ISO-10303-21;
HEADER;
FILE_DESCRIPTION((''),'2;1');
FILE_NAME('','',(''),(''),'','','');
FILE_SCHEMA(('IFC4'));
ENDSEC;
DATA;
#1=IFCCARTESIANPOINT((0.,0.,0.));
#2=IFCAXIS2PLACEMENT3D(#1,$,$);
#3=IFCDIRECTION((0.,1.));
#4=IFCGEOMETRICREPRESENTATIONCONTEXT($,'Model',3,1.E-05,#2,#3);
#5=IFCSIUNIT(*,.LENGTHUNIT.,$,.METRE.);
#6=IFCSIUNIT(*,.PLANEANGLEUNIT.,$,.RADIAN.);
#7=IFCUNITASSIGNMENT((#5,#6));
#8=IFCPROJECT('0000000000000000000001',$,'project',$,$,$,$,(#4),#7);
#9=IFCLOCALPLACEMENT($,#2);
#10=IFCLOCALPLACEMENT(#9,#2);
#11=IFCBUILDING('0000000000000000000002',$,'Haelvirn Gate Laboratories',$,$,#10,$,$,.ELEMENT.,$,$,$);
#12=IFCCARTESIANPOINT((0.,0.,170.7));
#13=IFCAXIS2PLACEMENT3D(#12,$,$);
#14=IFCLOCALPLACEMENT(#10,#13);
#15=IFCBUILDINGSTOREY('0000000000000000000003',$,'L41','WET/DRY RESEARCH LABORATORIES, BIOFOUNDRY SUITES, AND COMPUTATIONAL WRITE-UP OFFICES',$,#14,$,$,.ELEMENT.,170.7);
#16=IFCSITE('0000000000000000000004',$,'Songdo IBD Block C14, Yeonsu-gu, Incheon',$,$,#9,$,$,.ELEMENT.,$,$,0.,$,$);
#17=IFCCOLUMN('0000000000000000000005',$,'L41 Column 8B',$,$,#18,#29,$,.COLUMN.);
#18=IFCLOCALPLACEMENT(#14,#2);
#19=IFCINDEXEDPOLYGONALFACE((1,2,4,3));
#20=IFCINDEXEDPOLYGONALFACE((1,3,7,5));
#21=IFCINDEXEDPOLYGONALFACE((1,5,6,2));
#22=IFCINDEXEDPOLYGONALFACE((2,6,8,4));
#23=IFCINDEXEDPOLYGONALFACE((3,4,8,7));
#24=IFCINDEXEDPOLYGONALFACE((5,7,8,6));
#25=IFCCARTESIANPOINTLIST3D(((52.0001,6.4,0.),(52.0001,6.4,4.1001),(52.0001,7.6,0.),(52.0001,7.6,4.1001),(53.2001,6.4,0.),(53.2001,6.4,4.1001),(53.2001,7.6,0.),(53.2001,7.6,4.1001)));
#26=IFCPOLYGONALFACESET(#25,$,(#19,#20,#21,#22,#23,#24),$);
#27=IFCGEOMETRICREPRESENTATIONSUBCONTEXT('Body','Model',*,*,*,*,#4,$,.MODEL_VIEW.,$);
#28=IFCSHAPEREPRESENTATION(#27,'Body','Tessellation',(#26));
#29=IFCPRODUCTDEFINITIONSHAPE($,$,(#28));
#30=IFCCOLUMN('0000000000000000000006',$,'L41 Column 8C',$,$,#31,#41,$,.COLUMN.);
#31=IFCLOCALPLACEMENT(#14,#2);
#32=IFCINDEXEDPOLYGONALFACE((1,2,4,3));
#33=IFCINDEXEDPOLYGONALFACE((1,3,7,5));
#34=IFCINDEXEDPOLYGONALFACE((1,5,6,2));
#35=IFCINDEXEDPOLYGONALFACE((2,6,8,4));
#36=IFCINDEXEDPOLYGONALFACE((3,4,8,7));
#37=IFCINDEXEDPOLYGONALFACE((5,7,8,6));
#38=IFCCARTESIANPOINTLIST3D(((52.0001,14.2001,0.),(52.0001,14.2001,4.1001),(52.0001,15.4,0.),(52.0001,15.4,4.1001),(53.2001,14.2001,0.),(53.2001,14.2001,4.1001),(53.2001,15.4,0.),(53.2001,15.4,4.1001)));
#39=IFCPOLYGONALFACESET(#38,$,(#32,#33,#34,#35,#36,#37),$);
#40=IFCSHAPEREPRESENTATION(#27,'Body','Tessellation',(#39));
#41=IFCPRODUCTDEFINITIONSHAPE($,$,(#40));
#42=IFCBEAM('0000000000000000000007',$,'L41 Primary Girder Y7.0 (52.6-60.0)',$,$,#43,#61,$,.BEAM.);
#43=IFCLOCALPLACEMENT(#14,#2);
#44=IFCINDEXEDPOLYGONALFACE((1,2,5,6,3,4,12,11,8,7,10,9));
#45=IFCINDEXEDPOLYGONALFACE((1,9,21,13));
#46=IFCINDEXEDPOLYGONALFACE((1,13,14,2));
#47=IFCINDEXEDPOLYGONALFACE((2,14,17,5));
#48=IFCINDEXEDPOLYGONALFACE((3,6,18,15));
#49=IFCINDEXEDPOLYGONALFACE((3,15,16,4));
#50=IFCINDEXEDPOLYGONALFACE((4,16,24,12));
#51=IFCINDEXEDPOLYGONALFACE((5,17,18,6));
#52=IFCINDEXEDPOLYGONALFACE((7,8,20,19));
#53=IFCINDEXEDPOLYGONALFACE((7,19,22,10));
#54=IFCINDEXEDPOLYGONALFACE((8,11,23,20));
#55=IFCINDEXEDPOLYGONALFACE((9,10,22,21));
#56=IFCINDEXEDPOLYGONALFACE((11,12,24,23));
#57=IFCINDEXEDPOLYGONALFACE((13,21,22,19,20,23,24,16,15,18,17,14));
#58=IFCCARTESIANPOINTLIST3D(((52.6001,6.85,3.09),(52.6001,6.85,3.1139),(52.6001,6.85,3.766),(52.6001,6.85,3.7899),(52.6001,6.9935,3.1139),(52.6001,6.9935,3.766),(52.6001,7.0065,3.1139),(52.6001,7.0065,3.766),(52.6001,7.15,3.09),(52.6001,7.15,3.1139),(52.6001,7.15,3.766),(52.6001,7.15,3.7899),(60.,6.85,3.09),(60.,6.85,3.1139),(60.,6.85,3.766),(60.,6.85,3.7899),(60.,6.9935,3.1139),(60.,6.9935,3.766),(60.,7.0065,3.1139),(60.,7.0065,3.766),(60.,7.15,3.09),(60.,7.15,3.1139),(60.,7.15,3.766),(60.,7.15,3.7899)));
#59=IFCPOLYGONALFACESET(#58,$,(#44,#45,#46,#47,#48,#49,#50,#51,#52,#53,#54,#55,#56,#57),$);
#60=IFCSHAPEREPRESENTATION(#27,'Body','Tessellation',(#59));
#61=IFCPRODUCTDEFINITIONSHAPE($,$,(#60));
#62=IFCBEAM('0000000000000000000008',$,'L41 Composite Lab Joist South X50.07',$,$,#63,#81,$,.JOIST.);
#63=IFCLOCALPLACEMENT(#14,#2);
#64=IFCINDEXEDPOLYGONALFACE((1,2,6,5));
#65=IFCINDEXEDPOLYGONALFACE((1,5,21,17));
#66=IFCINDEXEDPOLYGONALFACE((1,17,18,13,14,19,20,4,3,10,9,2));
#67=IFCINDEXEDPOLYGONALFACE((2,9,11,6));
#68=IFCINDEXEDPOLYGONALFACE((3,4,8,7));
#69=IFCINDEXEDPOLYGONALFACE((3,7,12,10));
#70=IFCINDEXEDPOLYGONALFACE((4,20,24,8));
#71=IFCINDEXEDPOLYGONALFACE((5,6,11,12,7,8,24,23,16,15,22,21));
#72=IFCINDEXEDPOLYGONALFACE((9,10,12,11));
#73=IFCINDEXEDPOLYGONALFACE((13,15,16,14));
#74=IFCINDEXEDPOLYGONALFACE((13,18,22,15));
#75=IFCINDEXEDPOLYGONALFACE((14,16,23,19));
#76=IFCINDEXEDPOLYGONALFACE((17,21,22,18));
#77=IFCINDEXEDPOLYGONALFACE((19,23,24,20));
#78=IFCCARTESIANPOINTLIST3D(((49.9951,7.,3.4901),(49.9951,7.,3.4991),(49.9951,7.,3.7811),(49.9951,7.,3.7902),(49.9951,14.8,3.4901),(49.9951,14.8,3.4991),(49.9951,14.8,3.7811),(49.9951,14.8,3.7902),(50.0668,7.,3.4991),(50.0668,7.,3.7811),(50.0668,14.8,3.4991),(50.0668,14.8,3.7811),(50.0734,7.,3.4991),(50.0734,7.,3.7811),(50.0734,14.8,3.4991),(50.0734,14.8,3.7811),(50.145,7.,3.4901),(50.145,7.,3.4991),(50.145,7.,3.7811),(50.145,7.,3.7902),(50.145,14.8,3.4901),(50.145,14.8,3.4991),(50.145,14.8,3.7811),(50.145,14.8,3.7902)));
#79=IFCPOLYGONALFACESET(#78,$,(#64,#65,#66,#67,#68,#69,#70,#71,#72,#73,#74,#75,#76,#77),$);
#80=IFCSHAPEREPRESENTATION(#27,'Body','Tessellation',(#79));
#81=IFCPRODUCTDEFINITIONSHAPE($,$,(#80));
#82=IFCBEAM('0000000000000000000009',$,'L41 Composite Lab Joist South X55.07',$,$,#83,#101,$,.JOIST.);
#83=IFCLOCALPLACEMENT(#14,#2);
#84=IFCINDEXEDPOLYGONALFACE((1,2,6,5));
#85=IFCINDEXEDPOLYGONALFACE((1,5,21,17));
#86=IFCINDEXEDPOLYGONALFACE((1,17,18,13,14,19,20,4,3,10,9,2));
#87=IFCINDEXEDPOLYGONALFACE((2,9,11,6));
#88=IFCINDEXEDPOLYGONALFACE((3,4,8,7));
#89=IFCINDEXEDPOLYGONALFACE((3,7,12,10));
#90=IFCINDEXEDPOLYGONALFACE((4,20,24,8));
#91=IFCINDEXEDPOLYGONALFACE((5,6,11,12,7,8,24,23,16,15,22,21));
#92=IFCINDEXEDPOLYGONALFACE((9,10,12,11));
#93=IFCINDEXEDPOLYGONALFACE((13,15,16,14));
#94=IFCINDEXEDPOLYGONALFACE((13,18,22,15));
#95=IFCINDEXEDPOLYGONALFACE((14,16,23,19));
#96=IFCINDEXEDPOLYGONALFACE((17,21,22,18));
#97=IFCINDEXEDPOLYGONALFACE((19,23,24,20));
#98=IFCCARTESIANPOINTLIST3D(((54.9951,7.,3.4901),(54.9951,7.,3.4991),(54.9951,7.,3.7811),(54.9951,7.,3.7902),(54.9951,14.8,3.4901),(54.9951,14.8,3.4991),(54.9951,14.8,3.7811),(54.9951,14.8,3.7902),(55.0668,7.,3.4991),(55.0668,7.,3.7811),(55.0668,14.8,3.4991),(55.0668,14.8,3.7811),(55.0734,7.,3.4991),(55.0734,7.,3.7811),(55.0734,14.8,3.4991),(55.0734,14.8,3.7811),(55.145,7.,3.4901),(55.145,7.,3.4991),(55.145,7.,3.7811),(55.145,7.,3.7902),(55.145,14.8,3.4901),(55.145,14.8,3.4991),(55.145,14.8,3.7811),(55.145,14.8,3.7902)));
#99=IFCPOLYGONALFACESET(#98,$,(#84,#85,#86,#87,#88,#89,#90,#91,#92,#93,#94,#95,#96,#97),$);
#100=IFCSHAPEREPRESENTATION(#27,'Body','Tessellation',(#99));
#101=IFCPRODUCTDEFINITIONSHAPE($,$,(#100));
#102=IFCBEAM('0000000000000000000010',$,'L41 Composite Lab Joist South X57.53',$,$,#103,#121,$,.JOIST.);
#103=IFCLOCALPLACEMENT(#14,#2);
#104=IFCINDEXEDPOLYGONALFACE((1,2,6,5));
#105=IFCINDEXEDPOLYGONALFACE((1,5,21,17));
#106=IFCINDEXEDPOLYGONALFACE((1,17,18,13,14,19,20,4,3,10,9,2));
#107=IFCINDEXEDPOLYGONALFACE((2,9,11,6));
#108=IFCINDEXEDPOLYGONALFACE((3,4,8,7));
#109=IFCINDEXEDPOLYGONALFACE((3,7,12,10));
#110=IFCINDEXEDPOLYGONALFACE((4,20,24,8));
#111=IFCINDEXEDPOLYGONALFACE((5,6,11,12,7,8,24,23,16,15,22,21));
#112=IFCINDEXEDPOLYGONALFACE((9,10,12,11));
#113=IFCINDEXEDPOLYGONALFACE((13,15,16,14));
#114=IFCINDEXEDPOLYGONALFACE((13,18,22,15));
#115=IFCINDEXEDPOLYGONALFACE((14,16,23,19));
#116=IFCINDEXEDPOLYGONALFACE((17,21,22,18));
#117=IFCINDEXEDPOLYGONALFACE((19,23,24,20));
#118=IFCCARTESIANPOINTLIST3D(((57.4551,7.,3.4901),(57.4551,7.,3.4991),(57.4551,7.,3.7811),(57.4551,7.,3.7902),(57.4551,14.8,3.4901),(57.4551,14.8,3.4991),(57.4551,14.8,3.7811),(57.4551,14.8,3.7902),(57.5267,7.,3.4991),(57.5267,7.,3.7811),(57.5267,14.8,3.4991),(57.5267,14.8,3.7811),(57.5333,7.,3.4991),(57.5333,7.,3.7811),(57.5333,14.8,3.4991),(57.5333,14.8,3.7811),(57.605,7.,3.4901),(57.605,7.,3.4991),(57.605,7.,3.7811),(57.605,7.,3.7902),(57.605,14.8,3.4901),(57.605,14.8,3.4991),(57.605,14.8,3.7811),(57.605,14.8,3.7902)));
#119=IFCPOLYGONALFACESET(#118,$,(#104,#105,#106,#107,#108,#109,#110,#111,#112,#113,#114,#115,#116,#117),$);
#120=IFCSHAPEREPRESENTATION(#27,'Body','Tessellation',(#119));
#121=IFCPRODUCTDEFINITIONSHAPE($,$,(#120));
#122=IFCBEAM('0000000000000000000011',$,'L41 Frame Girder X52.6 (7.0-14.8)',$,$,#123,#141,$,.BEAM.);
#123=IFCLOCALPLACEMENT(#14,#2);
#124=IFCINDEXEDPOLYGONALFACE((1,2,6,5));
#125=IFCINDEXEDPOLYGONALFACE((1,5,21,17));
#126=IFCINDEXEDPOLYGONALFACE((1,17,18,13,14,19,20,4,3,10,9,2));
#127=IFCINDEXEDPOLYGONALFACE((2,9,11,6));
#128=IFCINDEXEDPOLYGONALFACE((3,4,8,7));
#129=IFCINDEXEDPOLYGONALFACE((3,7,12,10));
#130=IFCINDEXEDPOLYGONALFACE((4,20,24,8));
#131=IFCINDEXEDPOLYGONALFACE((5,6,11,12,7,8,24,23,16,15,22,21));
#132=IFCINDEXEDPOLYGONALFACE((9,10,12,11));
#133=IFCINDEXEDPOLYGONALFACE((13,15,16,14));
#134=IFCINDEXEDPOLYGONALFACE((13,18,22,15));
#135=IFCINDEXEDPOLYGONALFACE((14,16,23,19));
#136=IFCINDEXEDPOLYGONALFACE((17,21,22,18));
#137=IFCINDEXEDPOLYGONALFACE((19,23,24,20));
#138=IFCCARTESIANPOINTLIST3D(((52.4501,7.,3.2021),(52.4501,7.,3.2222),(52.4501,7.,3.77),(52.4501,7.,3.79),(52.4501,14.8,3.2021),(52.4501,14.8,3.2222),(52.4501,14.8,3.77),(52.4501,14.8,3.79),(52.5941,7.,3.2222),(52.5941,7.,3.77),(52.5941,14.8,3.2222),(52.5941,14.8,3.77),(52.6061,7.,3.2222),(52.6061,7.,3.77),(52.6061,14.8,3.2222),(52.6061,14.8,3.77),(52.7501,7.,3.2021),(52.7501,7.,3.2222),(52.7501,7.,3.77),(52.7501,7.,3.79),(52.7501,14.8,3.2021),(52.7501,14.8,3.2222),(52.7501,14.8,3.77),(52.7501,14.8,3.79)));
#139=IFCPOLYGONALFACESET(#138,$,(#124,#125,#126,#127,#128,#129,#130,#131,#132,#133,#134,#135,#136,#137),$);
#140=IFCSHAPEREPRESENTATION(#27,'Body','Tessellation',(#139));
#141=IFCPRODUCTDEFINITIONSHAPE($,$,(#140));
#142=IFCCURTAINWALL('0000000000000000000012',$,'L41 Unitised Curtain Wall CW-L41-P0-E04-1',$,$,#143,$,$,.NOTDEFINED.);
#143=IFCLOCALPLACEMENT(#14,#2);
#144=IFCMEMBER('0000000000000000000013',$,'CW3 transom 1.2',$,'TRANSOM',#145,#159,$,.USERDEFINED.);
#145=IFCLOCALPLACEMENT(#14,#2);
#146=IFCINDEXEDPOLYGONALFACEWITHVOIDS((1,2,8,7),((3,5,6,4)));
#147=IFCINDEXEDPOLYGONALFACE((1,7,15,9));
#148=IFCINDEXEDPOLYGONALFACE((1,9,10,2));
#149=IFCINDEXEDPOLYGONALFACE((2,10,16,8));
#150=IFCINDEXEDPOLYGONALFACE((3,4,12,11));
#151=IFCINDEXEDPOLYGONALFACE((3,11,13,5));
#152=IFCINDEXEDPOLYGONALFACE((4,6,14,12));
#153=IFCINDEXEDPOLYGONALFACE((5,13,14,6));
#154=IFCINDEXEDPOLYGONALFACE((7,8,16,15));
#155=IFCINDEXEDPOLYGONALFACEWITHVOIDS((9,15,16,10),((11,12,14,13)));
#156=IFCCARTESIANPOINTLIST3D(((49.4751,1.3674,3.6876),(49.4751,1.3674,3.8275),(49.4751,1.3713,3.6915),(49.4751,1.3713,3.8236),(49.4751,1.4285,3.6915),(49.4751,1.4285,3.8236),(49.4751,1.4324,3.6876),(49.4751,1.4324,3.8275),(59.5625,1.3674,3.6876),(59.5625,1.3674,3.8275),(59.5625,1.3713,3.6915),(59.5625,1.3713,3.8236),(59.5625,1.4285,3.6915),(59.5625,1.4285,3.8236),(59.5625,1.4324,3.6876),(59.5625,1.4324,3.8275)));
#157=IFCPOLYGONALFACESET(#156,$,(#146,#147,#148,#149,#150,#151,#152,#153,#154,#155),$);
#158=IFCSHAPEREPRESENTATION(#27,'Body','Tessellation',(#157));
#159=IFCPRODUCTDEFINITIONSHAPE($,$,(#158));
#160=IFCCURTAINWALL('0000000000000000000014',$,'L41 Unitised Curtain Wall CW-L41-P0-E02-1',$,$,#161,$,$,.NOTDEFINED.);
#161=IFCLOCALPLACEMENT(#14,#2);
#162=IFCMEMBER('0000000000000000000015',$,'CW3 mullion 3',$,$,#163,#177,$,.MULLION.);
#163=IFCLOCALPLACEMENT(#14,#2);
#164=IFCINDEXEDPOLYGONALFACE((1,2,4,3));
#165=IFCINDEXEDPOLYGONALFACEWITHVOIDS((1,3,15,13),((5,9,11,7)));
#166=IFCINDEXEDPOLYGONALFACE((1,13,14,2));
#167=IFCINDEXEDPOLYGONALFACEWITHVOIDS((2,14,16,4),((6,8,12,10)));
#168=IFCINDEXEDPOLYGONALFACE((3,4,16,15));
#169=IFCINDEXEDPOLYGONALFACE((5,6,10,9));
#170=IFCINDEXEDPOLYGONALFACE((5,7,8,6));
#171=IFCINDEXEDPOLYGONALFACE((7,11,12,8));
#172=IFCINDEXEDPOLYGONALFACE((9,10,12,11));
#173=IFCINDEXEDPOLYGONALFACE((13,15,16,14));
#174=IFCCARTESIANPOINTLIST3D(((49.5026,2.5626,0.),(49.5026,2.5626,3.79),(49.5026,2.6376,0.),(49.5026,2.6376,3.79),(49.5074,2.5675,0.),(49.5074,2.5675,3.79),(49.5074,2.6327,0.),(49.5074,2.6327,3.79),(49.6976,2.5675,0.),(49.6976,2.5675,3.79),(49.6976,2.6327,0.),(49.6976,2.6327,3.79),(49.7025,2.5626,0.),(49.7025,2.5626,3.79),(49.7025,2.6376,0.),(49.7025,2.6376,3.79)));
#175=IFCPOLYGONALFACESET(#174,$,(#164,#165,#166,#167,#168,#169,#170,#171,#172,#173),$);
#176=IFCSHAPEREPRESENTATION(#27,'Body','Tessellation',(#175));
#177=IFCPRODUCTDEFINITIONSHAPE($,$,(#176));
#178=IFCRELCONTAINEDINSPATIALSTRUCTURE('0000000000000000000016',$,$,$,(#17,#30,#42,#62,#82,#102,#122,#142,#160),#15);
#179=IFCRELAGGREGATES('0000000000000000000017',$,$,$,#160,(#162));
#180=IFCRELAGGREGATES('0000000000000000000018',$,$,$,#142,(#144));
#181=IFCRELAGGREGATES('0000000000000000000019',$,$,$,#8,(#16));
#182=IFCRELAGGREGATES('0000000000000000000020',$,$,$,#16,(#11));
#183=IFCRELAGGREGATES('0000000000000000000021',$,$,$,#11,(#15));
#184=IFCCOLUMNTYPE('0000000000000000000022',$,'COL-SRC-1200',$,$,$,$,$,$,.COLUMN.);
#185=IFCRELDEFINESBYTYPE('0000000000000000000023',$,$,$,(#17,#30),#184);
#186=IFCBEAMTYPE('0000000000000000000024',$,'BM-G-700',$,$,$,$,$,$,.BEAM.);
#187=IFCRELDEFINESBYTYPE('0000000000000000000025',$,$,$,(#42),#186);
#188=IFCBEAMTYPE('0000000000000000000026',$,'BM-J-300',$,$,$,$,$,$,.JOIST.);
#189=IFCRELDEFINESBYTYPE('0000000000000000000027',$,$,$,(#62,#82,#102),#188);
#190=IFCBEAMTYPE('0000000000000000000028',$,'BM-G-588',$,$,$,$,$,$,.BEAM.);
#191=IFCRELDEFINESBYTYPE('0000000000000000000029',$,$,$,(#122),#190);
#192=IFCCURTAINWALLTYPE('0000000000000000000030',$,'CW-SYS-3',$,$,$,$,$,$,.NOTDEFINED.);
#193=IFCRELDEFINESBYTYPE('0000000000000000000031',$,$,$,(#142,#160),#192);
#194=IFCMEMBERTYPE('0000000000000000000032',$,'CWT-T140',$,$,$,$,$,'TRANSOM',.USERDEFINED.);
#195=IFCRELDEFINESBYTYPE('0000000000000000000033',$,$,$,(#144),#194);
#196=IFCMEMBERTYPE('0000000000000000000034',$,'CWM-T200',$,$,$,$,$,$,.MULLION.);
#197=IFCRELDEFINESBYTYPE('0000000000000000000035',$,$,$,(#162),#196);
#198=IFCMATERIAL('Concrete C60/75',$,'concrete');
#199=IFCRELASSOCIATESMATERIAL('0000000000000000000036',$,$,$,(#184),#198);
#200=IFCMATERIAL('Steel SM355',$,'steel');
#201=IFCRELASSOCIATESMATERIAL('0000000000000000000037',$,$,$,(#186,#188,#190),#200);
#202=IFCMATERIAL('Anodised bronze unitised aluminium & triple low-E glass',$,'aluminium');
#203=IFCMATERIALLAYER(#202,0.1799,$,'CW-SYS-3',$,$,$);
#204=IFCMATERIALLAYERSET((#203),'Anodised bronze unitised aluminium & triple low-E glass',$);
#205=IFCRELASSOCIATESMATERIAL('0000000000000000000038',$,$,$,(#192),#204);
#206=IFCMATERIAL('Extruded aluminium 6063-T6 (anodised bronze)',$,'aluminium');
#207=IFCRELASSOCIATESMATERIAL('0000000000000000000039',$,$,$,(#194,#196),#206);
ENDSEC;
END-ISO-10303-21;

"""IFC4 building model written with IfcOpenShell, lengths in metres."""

from ifc_helpers import new_model, si_unit, direction, frame, origin, origin_2d, place, context, subcontext, project, spatial, rectangle, hollow_rectangle, i_section, extrude, source, transform, mapped, material, layer, layer_set, material_profile, profile_set, type_object, type_shapes, element, aggregate, save


model = new_model("IFC4")

# Units and contexts
model_context = context("Model", 3, precision=1e-05, world=origin(), true_north=direction((0.0, 1.0)))
body_context = subcontext(model_context, "Body", "Model", "MODEL_VIEW")
ifc_project = project(units=[si_unit("LENGTHUNIT", "METRE"), si_unit("PLANEANGLEUNIT", "RADIAN")], contexts=[model_context])

# Site, building, storey
site_placement = place(None, origin())
site = spatial("IfcSite", under=ifc_project, at=site_placement, Name="Songdo IBD Block C14, Yeonsu-gu, Incheon", CompositionType="ELEMENT", RefElevation=0.0)
building_placement = place(site_placement, origin())
building = spatial("IfcBuilding", under=site, at=building_placement, Name="Haelvirn Gate Laboratories", CompositionType="ELEMENT")
storey_placement = place(building_placement, frame((0.0, 0.0, 170.7)))
storey = spatial("IfcBuildingStorey", under=building, at=storey_placement, Name="L41", Description="WET/DRY RESEARCH LABORATORIES, BIOFOUNDRY SUITES, AND COMPUTATIONAL WRITE-UP OFFICES", CompositionType="ELEMENT", Elevation=170.7)

# Columns
ifc_material_1 = material(Name="Concrete C60/75", Category="concrete")
ifc_material_profile_1 = material_profile(ifc_material_1, rectangle(XDim=1.2, YDim=1.2, at=origin_2d()), Name="SRC-1200x1200")
ifc_profile_set_1 = profile_set([ifc_material_profile_1], Name="Concrete C60/75")
column_type = type_object("IfcColumnType", Name="COL-SRC-1200", PredefinedType="COLUMN", material=ifc_profile_set_1)
shared_shape_1 = source(origin(), body_context, "Body", "SweptSolid", [
    extrude(rectangle(XDim=1.2, YDim=1.2, at=origin_2d()), origin(), (0.0, 0.0, 1.0), 4.1001),
])
type_shapes(column_type, [shared_shape_1])
for number, where, z_axis, x_axis, name in (
    (1, (52.6001, 7.0, 0.0), (0.0, 0.0, 1.0), (1.0, 0.0, 0.0), "L41 Column 8B"),
    (2, (52.6001, 14.8, 0.0), (0.0, 0.0, 1.0), (1.0, 0.0, 0.0), "L41 Column 8C"),
):
    element("IfcColumn", number, at=place(storey_placement, frame(where, z_axis=z_axis, x_axis=x_axis)), inside=storey, type_object=column_type, Name=name, PredefinedType="COLUMN", context=body_context, shape_type="MappedRepresentation", body=[
        mapped(shared_shape_1, transform((0.0, 0.0, 0.0), scale=1.0)),
    ])

# Beams
ifc_material_2 = material(Name="Steel SM355", Category="steel")
ifc_material_profile_2 = material_profile(ifc_material_2, i_section(OverallWidth=0.3, OverallDepth=0.7, WebThickness=0.0129, FlangeThickness=0.0239, at=origin_2d()), Name="H-700x300x13x24")
ifc_profile_set_2 = profile_set([ifc_material_profile_2], Name="Steel SM355")
beam_type_1 = type_object("IfcBeamType", Name="BM-G-700", PredefinedType="BEAM", material=ifc_profile_set_2)
shared_shape_2 = source(origin(), body_context, "Body", "SweptSolid", [
    extrude(i_section(OverallWidth=0.3, OverallDepth=0.7, WebThickness=0.0129, FlangeThickness=0.0239, at=origin_2d()), origin(), (0.0, 0.0, 1.0), 7.3999),
])
type_shapes(beam_type_1, [shared_shape_2])
beam_1_placement = place(storey_placement, frame((52.6001, 7.0, 3.4399), z_axis=(1.0, 0.0, 0.0), x_axis=(0.0, 1.0, 0.0)))
element("IfcBeam", 3, at=beam_1_placement, inside=storey, type_object=beam_type_1, Name="L41 Primary Girder Y7.0 (52.6-60.0)", PredefinedType="BEAM", context=body_context, shape_type="MappedRepresentation", body=[
    mapped(shared_shape_2, transform((0.0, 0.0, 0.0), scale=1.0)),
])
ifc_material_profile_3 = material_profile(ifc_material_2, i_section(OverallWidth=0.1499, OverallDepth=0.3, WebThickness=0.0066, FlangeThickness=0.009, at=origin_2d()), Name="H-300x150x6.5x9")
ifc_profile_set_3 = profile_set([ifc_material_profile_3], Name="Steel SM355")
beam_type_2 = type_object("IfcBeamType", Name="BM-J-300", PredefinedType="JOIST", material=ifc_profile_set_3)
shared_shape_3 = source(origin(), body_context, "Body", "SweptSolid", [
    extrude(i_section(OverallWidth=0.1499, OverallDepth=0.3, WebThickness=0.0066, FlangeThickness=0.009, at=origin_2d()), origin(), (0.0, 0.0, 1.0), 7.8),
])
type_shapes(beam_type_2, [shared_shape_3])
for number, where, z_axis, x_axis, name in (
    (4, (50.0701, 7.0, 3.6401), (0.0, 1.0, 0.0), (-1.0, 0.0, 0.0), "L41 Composite Lab Joist South X50.07"),
    (5, (55.0701, 7.0, 3.6401), (0.0, 1.0, 0.0), (-1.0, 0.0, 0.0), "L41 Composite Lab Joist South X55.07"),
    (6, (57.53, 7.0, 3.6401), (0.0, 1.0, 0.0), (-1.0, 0.0, 0.0), "L41 Composite Lab Joist South X57.53"),
):
    element("IfcBeam", number, at=place(storey_placement, frame(where, z_axis=z_axis, x_axis=x_axis)), inside=storey, type_object=beam_type_2, Name=name, PredefinedType="JOIST", context=body_context, shape_type="MappedRepresentation", body=[
        mapped(shared_shape_3, transform((0.0, 0.0, 0.0), scale=1.0)),
    ])
ifc_material_profile_4 = material_profile(ifc_material_2, i_section(OverallWidth=0.3, OverallDepth=0.5879, WebThickness=0.012, FlangeThickness=0.02, at=origin_2d()), Name="H-588x300x12x20")
ifc_profile_set_4 = profile_set([ifc_material_profile_4], Name="Steel SM355")
beam_type_3 = type_object("IfcBeamType", Name="BM-G-588", PredefinedType="BEAM", material=ifc_profile_set_4)
shared_shape_4 = source(origin(), body_context, "Body", "SweptSolid", [
    extrude(i_section(OverallWidth=0.3, OverallDepth=0.5879, WebThickness=0.012, FlangeThickness=0.02, at=origin_2d()), origin(), (0.0, 0.0, 1.0), 7.8),
])
type_shapes(beam_type_3, [shared_shape_4])
beam_2_placement = place(storey_placement, frame((52.6001, 7.0, 3.4961), z_axis=(0.0, 1.0, 0.0), x_axis=(-1.0, 0.0, 0.0)))
element("IfcBeam", 7, at=beam_2_placement, inside=storey, type_object=beam_type_3, Name="L41 Frame Girder X52.6 (7.0-14.8)", PredefinedType="BEAM", context=body_context, shape_type="MappedRepresentation", body=[
    mapped(shared_shape_4, transform((0.0, 0.0, 0.0), scale=1.0)),
])

# Curtain walls, members
ifc_material_3 = material(Name="Anodised bronze unitised aluminium & triple low-E glass", Category="aluminium")
ifc_layer_1 = layer(ifc_material_3, 0.1799, Name="CW-SYS-3")
ifc_layer_set_1 = layer_set([ifc_layer_1], Name="Anodised bronze unitised aluminium & triple low-E glass")
curtain_wall_type = type_object("IfcCurtainWallType", Name="CW-SYS-3", PredefinedType="NOTDEFINED", material=ifc_layer_set_1)
curtain_wall_1_placement = place(storey_placement, origin())
curtain_wall_1 = element("IfcCurtainWall", 8, at=curtain_wall_1_placement, inside=storey, type_object=curtain_wall_type, Name="L41 Unitised Curtain Wall CW-L41-P0-E04-1", PredefinedType="NOTDEFINED")
ifc_material_4 = material(Name="Extruded aluminium 6063-T6 (anodised bronze)", Category="aluminium")
ifc_material_profile_5 = material_profile(ifc_material_4, hollow_rectangle(XDim=0.0649, YDim=0.1399, WallThickness=0.0039, at=origin_2d()), Name="CWT-140x65x4")
ifc_profile_set_5 = profile_set([ifc_material_profile_5], Name="Extruded aluminium 6063-T6 (anodised bronze)")
member_type_1 = type_object("IfcMemberType", Name="CWT-T140", ElementType="TRANSOM", PredefinedType="USERDEFINED", material=ifc_profile_set_5)
shared_shape_5 = source(origin(), body_context, "Body", "SweptSolid", [
    extrude(hollow_rectangle(XDim=0.0649, YDim=0.1399, WallThickness=0.0039, at=origin_2d()), origin(), (0.0, 0.0, 1.0), 10.0874),
])
type_shapes(member_type_1, [shared_shape_5])
member_1_placement = place(storey_placement, frame((49.4751, 1.3999, 3.7576), z_axis=(1.0, 0.0, 0.0), x_axis=(0.0, 1.0, 0.0)))
member_1 = element("IfcMember", 9, at=member_1_placement, type_object=member_type_1, Name="CW3 transom 1.2", ObjectType="TRANSOM", PredefinedType="USERDEFINED", context=body_context, shape_type="MappedRepresentation", body=[
    mapped(shared_shape_5, transform((0.0, 0.0, 0.0), scale=1.0)),
])
curtain_wall_2_placement = place(storey_placement, origin())
curtain_wall_2 = element("IfcCurtainWall", 10, at=curtain_wall_2_placement, inside=storey, type_object=curtain_wall_type, Name="L41 Unitised Curtain Wall CW-L41-P0-E02-1", PredefinedType="NOTDEFINED")
ifc_material_profile_6 = material_profile(ifc_material_4, hollow_rectangle(XDim=0.075, YDim=0.2, WallThickness=0.0049, at=origin_2d()), Name="CWM-200x75x5")
ifc_profile_set_6 = profile_set([ifc_material_profile_6], Name="Extruded aluminium 6063-T6 (anodised bronze)")
member_type_2 = type_object("IfcMemberType", Name="CWM-T200", PredefinedType="MULLION", material=ifc_profile_set_6)
shared_shape_6 = source(origin(), body_context, "Body", "SweptSolid", [
    extrude(hollow_rectangle(XDim=0.075, YDim=0.2, WallThickness=0.0049, at=origin_2d()), origin(), (0.0, 0.0, 1.0), 3.79),
])
type_shapes(member_type_2, [shared_shape_6])
member_2_placement = place(storey_placement, frame((49.6025, 2.6001, 0.0), z_axis=(0.0, 0.0, 1.0), x_axis=(0.0, 1.0, 0.0)))
member_2 = element("IfcMember", 11, at=member_2_placement, type_object=member_type_2, Name="CW3 mullion 3", PredefinedType="MULLION", context=body_context, shape_type="MappedRepresentation", body=[
    mapped(shared_shape_6, transform((0.0, 0.0, 0.0), scale=1.0)),
])
aggregate(curtain_wall_2, [member_2])

aggregate(curtain_wall_1, [member_1])

save(model, "model.ifc")
